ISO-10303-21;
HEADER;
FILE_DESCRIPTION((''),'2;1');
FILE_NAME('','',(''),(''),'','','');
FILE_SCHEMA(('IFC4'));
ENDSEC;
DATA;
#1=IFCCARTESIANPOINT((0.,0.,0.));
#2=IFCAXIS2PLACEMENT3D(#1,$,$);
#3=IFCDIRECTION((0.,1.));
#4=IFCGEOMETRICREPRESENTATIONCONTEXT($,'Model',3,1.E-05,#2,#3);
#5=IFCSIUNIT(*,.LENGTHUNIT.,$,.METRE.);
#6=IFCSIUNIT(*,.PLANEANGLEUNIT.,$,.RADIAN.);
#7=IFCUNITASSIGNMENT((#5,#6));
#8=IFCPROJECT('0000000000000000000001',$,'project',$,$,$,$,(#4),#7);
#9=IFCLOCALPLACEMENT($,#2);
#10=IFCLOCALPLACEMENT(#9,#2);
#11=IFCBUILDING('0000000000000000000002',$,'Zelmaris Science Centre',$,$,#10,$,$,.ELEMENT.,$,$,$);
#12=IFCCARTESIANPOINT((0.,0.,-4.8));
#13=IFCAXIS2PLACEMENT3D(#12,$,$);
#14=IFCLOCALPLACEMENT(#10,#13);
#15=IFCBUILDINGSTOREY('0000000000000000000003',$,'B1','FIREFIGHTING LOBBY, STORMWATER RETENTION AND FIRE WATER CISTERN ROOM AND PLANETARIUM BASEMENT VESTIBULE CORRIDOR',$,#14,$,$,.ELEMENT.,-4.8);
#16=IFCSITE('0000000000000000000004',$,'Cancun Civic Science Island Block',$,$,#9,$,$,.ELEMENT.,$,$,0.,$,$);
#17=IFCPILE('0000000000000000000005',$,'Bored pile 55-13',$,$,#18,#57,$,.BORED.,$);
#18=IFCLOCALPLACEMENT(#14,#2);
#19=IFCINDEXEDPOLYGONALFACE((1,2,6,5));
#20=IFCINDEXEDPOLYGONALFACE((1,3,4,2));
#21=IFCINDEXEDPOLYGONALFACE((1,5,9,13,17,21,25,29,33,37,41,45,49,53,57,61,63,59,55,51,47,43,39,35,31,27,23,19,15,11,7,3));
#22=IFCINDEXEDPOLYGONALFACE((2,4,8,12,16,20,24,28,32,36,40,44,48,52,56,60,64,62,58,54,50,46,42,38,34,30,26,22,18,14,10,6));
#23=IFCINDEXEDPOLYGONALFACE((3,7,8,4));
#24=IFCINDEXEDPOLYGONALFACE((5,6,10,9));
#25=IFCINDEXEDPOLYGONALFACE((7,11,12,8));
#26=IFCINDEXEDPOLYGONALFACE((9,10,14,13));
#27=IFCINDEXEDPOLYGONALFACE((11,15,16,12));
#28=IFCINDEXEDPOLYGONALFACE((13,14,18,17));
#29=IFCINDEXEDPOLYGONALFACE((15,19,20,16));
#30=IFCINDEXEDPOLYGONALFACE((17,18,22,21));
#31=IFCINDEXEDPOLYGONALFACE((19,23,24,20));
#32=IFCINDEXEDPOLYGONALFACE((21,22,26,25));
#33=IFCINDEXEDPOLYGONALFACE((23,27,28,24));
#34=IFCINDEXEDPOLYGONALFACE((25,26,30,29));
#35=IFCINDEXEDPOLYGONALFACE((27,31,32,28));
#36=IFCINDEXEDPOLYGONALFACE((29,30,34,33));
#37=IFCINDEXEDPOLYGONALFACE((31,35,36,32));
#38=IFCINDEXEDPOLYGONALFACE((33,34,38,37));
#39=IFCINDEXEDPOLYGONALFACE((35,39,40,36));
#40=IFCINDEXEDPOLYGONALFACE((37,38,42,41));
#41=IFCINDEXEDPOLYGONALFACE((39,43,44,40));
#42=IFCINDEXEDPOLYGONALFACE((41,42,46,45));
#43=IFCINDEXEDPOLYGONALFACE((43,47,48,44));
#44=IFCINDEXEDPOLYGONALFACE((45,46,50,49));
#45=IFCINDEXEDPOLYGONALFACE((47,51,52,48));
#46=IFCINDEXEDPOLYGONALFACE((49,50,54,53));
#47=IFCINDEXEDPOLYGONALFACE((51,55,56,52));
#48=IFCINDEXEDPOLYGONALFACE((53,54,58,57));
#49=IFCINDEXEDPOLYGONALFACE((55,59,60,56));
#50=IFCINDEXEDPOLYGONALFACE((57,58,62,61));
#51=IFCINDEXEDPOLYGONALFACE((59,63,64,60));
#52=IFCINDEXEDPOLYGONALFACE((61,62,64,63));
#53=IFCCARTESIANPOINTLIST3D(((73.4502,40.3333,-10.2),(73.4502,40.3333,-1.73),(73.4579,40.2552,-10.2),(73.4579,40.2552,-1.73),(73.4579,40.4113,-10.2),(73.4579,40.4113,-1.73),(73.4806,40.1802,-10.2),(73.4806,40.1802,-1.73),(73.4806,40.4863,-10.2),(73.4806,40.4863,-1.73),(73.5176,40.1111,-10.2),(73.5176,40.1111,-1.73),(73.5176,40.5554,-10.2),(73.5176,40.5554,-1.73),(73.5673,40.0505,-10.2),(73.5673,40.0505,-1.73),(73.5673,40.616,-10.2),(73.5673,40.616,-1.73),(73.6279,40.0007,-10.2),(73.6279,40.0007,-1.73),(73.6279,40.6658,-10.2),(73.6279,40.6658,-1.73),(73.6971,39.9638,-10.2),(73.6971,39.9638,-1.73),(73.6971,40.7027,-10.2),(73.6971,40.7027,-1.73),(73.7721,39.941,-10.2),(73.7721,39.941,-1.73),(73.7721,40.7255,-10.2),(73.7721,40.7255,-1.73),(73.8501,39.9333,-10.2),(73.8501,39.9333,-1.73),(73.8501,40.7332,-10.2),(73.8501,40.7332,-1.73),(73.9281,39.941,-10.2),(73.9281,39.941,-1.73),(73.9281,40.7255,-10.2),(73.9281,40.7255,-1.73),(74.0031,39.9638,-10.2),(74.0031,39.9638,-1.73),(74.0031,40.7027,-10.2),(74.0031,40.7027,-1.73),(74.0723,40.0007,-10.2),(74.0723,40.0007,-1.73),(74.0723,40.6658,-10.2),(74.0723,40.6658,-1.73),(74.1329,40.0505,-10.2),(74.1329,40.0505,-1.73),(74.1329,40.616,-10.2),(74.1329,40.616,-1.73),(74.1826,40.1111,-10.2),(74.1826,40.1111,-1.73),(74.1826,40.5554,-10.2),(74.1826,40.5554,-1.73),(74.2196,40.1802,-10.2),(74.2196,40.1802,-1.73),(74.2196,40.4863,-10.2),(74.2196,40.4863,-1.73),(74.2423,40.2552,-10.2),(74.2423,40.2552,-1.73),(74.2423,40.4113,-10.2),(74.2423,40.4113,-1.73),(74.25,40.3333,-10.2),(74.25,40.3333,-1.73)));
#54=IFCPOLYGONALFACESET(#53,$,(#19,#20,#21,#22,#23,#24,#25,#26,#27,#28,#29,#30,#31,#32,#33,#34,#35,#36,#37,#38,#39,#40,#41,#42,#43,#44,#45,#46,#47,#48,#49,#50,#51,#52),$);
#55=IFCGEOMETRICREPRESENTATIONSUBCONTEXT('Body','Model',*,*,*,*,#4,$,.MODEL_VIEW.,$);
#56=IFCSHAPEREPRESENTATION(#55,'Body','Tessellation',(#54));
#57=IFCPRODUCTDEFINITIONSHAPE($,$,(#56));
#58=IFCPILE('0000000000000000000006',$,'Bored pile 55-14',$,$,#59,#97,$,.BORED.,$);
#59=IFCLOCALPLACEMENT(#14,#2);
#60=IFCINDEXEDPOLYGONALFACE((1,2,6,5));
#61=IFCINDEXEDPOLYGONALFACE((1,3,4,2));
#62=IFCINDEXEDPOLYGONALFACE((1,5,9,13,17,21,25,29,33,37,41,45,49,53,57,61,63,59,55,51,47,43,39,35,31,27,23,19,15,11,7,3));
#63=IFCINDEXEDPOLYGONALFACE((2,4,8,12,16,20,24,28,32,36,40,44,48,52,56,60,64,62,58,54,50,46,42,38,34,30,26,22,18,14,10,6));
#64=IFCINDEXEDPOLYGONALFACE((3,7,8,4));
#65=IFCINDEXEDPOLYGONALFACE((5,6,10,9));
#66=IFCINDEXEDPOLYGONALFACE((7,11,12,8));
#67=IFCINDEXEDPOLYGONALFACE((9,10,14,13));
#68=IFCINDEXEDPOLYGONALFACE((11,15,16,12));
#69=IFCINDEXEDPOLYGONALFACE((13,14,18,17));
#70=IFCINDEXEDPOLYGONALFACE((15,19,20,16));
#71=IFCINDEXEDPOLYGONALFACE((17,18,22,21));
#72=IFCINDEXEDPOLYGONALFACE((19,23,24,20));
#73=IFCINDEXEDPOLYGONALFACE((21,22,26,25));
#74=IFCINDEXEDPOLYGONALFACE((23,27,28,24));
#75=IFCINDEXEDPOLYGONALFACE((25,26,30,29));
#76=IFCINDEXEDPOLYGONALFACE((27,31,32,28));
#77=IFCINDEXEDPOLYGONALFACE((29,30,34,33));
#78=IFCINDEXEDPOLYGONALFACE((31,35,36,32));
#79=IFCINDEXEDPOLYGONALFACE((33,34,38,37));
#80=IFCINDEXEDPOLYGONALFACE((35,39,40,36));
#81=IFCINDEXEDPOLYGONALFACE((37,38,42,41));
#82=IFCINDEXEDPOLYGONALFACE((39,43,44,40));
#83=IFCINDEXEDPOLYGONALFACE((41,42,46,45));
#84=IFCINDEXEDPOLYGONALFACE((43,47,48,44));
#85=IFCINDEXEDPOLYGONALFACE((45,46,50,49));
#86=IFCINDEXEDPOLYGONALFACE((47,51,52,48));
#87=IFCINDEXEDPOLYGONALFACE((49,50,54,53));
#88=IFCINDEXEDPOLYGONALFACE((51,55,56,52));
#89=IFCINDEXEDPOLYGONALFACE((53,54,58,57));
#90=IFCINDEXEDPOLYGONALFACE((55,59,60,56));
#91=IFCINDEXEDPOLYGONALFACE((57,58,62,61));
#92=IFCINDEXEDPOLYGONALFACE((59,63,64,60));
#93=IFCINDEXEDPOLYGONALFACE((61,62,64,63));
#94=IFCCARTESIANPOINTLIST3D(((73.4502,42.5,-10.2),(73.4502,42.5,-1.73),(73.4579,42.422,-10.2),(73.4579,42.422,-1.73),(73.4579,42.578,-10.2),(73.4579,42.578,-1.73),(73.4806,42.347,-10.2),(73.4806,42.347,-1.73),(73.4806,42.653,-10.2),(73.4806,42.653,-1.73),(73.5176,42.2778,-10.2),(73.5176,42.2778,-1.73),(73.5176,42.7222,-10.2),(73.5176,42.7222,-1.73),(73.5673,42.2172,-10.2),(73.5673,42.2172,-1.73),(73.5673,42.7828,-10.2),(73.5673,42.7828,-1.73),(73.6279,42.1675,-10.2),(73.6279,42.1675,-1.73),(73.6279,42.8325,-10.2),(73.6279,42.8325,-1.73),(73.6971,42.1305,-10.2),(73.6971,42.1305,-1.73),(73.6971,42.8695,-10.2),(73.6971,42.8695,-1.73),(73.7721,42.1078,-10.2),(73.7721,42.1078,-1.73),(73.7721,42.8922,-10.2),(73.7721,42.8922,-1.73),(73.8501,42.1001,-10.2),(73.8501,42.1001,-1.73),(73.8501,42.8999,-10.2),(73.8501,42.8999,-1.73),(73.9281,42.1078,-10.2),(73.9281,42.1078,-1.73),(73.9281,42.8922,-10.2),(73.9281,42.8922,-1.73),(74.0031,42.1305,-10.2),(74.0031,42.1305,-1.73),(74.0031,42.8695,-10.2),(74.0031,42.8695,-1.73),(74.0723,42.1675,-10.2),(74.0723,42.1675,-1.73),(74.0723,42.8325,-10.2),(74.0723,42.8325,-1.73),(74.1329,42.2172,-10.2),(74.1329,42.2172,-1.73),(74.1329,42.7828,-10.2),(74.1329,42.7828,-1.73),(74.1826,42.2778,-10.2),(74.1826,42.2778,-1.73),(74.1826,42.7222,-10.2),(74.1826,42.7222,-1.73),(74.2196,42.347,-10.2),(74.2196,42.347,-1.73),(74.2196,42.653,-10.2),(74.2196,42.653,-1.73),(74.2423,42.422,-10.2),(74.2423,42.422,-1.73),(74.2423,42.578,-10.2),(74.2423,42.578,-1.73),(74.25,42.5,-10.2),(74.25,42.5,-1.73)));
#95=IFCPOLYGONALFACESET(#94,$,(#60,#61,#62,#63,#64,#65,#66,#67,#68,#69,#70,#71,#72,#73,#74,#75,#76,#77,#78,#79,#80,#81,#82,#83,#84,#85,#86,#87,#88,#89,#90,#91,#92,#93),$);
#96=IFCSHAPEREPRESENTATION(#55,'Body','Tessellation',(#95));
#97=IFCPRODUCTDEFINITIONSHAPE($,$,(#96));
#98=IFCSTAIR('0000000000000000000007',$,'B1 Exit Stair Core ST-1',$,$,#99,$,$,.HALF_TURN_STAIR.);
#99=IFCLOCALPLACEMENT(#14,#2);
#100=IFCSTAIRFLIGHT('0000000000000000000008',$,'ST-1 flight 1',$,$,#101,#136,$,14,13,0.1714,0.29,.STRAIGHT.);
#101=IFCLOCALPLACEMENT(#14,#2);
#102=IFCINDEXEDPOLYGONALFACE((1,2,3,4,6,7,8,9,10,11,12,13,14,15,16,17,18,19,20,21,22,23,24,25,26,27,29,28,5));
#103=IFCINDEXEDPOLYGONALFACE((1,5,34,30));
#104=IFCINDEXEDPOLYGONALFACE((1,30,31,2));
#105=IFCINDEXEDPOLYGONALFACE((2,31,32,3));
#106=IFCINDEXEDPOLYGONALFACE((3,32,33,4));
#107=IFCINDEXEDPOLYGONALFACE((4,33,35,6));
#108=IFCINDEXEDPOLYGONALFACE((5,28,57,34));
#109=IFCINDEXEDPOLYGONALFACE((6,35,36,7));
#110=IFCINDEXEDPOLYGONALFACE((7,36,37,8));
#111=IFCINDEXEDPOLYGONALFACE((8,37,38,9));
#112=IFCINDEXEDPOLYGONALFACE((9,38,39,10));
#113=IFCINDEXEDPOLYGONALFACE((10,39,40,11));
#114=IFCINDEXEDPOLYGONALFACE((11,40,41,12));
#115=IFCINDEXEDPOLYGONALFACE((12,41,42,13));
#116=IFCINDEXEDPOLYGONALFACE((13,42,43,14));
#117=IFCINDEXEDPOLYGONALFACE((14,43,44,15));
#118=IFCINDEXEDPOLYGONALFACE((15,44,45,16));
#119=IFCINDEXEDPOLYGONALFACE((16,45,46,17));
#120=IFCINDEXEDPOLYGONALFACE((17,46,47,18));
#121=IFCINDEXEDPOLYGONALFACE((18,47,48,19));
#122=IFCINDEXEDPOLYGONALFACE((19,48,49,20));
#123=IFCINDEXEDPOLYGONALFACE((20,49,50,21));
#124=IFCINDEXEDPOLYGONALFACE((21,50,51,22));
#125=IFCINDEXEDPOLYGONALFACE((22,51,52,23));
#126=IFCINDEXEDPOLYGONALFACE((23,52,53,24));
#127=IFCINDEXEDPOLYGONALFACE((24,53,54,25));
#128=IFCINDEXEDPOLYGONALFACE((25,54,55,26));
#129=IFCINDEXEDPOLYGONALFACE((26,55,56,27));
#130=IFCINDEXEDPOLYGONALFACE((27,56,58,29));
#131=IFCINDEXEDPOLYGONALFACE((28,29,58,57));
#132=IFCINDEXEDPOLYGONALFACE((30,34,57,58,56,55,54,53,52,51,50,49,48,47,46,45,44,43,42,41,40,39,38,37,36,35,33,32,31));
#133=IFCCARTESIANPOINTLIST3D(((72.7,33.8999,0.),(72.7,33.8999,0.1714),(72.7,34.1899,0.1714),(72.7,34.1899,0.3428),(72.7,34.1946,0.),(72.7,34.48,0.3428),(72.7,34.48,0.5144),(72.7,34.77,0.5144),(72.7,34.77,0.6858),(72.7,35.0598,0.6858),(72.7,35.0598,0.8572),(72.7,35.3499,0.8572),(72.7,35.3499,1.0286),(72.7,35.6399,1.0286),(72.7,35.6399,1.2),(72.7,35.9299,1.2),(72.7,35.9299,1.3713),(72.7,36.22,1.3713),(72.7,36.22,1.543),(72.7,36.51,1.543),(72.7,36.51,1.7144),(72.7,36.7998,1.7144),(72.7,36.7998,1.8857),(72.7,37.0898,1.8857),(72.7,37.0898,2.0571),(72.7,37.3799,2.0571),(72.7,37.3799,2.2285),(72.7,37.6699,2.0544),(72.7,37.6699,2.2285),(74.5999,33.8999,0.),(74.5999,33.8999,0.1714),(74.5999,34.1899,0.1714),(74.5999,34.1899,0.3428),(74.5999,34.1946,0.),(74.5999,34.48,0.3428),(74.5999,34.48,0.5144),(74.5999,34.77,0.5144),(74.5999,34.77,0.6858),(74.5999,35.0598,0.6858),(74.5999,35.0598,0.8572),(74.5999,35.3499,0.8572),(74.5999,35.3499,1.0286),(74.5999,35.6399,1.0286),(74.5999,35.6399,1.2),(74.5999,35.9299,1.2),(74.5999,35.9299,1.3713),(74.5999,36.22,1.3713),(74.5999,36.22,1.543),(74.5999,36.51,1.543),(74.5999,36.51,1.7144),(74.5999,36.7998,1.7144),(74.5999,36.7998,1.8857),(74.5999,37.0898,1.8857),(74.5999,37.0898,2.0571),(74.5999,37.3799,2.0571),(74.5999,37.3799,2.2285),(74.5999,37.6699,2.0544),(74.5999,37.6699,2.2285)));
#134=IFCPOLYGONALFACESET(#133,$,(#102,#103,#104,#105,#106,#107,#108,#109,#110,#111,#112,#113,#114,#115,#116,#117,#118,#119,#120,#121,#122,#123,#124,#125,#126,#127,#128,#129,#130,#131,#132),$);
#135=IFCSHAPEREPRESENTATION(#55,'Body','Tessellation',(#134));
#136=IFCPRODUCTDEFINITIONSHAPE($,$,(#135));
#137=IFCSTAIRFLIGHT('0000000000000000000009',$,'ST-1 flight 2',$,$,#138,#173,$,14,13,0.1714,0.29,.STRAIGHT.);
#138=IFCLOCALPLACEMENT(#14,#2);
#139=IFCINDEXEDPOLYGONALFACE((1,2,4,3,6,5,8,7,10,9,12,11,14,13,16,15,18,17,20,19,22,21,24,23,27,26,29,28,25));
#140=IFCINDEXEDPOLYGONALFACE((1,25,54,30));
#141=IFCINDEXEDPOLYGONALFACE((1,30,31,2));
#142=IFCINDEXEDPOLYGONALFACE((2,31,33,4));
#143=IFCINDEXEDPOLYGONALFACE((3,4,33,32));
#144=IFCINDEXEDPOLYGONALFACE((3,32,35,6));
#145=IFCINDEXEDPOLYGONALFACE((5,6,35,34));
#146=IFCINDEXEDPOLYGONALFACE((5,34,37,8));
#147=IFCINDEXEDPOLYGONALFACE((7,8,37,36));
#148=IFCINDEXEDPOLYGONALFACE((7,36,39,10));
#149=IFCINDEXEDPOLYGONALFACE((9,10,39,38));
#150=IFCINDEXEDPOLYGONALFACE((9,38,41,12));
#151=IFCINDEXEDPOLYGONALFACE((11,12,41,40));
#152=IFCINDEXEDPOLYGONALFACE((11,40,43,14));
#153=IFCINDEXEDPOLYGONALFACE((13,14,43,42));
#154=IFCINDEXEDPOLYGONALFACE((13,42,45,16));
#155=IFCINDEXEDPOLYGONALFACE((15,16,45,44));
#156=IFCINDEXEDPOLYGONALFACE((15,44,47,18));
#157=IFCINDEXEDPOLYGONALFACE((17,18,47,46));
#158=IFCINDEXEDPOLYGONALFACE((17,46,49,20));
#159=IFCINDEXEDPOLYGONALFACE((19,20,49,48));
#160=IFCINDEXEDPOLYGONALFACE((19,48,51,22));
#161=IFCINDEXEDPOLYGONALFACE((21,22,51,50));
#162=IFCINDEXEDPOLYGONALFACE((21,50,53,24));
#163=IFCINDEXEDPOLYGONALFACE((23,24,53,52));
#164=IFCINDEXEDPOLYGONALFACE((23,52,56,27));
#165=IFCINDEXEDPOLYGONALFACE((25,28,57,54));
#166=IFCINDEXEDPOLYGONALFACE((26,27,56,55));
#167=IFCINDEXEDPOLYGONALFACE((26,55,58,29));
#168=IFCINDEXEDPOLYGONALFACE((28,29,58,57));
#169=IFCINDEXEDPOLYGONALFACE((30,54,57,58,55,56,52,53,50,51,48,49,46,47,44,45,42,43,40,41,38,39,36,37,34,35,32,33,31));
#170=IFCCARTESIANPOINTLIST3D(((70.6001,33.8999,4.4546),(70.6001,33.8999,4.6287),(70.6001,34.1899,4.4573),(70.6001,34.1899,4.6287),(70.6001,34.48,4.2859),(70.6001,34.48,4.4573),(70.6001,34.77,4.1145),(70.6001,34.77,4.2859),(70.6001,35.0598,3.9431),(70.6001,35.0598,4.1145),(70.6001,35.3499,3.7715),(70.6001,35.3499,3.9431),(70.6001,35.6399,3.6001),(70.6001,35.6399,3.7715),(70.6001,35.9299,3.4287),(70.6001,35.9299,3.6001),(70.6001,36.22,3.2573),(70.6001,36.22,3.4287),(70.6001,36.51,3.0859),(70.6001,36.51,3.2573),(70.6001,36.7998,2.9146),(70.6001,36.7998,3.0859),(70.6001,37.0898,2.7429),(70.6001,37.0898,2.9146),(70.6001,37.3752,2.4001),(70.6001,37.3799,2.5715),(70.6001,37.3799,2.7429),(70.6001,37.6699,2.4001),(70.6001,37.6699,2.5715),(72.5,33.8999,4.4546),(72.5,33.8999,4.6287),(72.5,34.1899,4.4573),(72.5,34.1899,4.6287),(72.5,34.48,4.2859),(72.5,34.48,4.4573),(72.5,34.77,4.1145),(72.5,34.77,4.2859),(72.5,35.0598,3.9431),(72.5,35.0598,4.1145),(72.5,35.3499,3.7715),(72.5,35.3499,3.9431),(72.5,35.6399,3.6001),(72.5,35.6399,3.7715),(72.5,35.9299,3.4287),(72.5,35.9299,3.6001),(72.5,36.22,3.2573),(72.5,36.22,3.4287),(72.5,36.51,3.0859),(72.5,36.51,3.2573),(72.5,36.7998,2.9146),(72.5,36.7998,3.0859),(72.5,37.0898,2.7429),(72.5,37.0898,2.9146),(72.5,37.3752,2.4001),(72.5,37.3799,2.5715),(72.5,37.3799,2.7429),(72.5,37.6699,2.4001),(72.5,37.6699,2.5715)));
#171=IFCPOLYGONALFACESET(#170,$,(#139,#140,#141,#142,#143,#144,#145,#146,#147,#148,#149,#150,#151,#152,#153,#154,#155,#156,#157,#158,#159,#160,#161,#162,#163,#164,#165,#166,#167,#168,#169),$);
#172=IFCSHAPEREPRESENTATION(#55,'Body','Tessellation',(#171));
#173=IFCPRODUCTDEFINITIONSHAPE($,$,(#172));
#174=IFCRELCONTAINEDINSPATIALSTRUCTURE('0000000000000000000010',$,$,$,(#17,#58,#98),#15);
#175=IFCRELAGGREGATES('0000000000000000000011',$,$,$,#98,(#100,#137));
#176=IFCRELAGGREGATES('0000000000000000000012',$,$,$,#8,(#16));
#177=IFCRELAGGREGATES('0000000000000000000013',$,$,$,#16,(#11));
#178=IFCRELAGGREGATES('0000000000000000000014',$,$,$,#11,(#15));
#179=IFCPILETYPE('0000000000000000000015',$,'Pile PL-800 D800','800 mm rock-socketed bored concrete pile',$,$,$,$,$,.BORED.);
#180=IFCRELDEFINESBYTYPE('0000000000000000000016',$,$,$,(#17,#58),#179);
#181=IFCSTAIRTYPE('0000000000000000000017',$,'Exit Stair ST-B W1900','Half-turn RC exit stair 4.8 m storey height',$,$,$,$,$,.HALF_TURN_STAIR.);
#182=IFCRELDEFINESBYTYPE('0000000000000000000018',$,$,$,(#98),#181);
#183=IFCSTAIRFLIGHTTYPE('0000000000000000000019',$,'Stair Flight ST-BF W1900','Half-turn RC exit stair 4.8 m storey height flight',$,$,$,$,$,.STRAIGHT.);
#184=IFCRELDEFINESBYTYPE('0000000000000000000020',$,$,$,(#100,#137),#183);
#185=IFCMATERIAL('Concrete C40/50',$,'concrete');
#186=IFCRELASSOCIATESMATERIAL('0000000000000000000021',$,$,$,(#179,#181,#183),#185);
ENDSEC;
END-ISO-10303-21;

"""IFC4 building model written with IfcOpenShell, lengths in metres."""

from ifc_helpers import new_model, si_unit, direction, frame, origin, origin_2d, place, context, subcontext, project, spatial, polyline, circle, outline, extrude, material, material_profile, profile_set, type_object, element, aggregate, save


model = new_model("IFC4")

# Units and contexts
model_context = context("Model", 3, precision=1e-05, world=origin(), true_north=direction((0.0, 1.0)))
body_context = subcontext(model_context, "Body", "Model", "MODEL_VIEW")
ifc_project = project(units=[si_unit("LENGTHUNIT", "METRE"), si_unit("PLANEANGLEUNIT", "RADIAN")], contexts=[model_context])

# Site, building, storey
site_placement = place(None, origin())
site = spatial("IfcSite", under=ifc_project, at=site_placement, Name="Cancun Civic Science Island Block", CompositionType="ELEMENT", RefElevation=0.0)
building_placement = place(site_placement, origin())
building = spatial("IfcBuilding", under=site, at=building_placement, Name="Zelmaris Science Centre", CompositionType="ELEMENT")
storey_placement = place(building_placement, frame((0.0, 0.0, -4.8)))
storey = spatial("IfcBuildingStorey", under=building, at=storey_placement, Name="B1", Description="FIREFIGHTING LOBBY, STORMWATER RETENTION AND FIRE WATER CISTERN ROOM AND PLANETARIUM BASEMENT VESTIBULE CORRIDOR", CompositionType="ELEMENT", Elevation=-4.8)

# Piles
ifc_material_1 = material(Name="Concrete C40/50", Category="concrete")
ifc_material_profile = material_profile(ifc_material_1, circle(Radius=0.3999, at=origin_2d()), Name="PILE-800")
ifc_profile_set = profile_set([ifc_material_profile], Name="Concrete C40/50")
pile_type = type_object("IfcPileType", Name="Pile PL-800 D800", Description="800 mm rock-socketed bored concrete pile", PredefinedType="BORED", material=ifc_profile_set)
for number, where, z_axis, x_axis, name in (
    (1, (73.8501, 40.3333, -1.73), (0.0, 0.0, -1.0), (1.0, 0.0, 0.0), "Bored pile 55-13"),
    (2, (73.8501, 42.5, -1.73), (0.0, 0.0, -1.0), (1.0, 0.0, 0.0), "Bored pile 55-14"),
):
    element("IfcPile", number, at=place(storey_placement, frame(where, z_axis=z_axis, x_axis=x_axis)), inside=storey, type_object=pile_type, Name=name, PredefinedType="BORED", context=body_context, shape_type="SweptSolid", body=[
        extrude(circle(Radius=0.3999, at=origin_2d()), origin(), (0.0, 0.0, 1.0), 8.47),
    ])

# Stair, stair flights
stair_type = type_object("IfcStairType", Name="Exit Stair ST-B W1900", Description="Half-turn RC exit stair 4.8 m storey height", PredefinedType="HALF_TURN_STAIR", material=ifc_material_1)
stair_placement = place(storey_placement, origin())
stair = element("IfcStair", 3, at=stair_placement, inside=storey, type_object=stair_type, Name="B1 Exit Stair Core ST-1", PredefinedType="HALF_TURN_STAIR")
stair_flight_type = type_object("IfcStairFlightType", Name="Stair Flight ST-BF W1900", Description="Half-turn RC exit stair 4.8 m storey height flight", PredefinedType="STRAIGHT", material=ifc_material_1)
stair_flight_1_placement = place(storey_placement, frame((73.6499, 33.8999, 0.0), z_axis=(0.0, 0.0, 1.0), x_axis=(0.0, 1.0, 0.0)))
stair_flight_1 = element("IfcStairFlight", 4, at=stair_flight_1_placement, type_object=stair_flight_type, Name="ST-1 flight 1", NumberOfRisers=14, NumberOfTreads=13, PredefinedType="STRAIGHT", RiserHeight=0.1714, TreadLength=0.29, context=body_context, shape_type="SweptSolid", body=[
    extrude(outline(polyline([(0.0, 0.0), (0.0, 0.1714), (0.29, 0.1714), (0.29, 0.3428), (0.5801, 0.3428), (0.5801, 0.5144), (0.8701, 0.5144), (0.8701, 0.6858), (1.1599, 0.6858), (1.1599, 0.8572), (1.45, 0.8572), (1.45, 1.0286), (1.74, 1.0286), (1.74, 1.2), (2.03, 1.2), (2.03, 1.3713), (2.3201, 1.3713), (2.3201, 1.543), (2.6101, 1.543), (2.6101, 1.7144), (2.8999, 1.7144), (2.8999, 1.8857), (3.1899, 1.8857), (3.1899, 2.0571), (3.48, 2.0571), (3.48, 2.2285), (3.77, 2.2285), (3.77, 2.3999), (3.77, 2.0544), (0.2947, 0.0), (0.0, 0.0)])), frame((0.0, 0.95, 0.0), z_axis=(0.0, -1.0, 0.0), x_axis=(1.0, 0.0, 0.0)), (0.0, 0.0, 1.0), 1.8999),
])
stair_flight_2_placement = place(storey_placement, frame((71.55, 37.6699, 2.4001), z_axis=(0.0, 0.0, 1.0), x_axis=(0.0, -1.0, 0.0)))
stair_flight_2 = element("IfcStairFlight", 5, at=stair_flight_2_placement, type_object=stair_flight_type, Name="ST-1 flight 2", NumberOfRisers=14, NumberOfTreads=13, PredefinedType="STRAIGHT", RiserHeight=0.1714, TreadLength=0.29, context=body_context, shape_type="SweptSolid", body=[
    extrude(outline(polyline([(0.0, 0.0), (0.0, 0.1714), (0.29, 0.1714), (0.29, 0.3428), (0.5801, 0.3428), (0.5801, 0.5144), (0.8701, 0.5144), (0.8701, 0.6858), (1.1599, 0.6858), (1.1599, 0.8572), (1.45, 0.8572), (1.45, 1.0286), (1.74, 1.0286), (1.74, 1.2), (2.03, 1.2), (2.03, 1.3713), (2.3201, 1.3713), (2.3201, 1.543), (2.6101, 1.543), (2.6101, 1.7144), (2.8999, 1.7144), (2.8999, 1.8857), (3.1899, 1.8857), (3.1899, 2.0571), (3.48, 2.0571), (3.48, 2.2285), (3.77, 2.2285), (3.77, 2.3999), (3.77, 2.0544), (0.2947, 0.0), (0.0, 0.0)])), frame((0.0, 0.95, 0.0), z_axis=(0.0, -1.0, 0.0), x_axis=(1.0, 0.0, 0.0)), (0.0, 0.0, 1.0), 1.8999),
])
aggregate(stair, [stair_flight_1, stair_flight_2])

save(model, "model.ifc")
